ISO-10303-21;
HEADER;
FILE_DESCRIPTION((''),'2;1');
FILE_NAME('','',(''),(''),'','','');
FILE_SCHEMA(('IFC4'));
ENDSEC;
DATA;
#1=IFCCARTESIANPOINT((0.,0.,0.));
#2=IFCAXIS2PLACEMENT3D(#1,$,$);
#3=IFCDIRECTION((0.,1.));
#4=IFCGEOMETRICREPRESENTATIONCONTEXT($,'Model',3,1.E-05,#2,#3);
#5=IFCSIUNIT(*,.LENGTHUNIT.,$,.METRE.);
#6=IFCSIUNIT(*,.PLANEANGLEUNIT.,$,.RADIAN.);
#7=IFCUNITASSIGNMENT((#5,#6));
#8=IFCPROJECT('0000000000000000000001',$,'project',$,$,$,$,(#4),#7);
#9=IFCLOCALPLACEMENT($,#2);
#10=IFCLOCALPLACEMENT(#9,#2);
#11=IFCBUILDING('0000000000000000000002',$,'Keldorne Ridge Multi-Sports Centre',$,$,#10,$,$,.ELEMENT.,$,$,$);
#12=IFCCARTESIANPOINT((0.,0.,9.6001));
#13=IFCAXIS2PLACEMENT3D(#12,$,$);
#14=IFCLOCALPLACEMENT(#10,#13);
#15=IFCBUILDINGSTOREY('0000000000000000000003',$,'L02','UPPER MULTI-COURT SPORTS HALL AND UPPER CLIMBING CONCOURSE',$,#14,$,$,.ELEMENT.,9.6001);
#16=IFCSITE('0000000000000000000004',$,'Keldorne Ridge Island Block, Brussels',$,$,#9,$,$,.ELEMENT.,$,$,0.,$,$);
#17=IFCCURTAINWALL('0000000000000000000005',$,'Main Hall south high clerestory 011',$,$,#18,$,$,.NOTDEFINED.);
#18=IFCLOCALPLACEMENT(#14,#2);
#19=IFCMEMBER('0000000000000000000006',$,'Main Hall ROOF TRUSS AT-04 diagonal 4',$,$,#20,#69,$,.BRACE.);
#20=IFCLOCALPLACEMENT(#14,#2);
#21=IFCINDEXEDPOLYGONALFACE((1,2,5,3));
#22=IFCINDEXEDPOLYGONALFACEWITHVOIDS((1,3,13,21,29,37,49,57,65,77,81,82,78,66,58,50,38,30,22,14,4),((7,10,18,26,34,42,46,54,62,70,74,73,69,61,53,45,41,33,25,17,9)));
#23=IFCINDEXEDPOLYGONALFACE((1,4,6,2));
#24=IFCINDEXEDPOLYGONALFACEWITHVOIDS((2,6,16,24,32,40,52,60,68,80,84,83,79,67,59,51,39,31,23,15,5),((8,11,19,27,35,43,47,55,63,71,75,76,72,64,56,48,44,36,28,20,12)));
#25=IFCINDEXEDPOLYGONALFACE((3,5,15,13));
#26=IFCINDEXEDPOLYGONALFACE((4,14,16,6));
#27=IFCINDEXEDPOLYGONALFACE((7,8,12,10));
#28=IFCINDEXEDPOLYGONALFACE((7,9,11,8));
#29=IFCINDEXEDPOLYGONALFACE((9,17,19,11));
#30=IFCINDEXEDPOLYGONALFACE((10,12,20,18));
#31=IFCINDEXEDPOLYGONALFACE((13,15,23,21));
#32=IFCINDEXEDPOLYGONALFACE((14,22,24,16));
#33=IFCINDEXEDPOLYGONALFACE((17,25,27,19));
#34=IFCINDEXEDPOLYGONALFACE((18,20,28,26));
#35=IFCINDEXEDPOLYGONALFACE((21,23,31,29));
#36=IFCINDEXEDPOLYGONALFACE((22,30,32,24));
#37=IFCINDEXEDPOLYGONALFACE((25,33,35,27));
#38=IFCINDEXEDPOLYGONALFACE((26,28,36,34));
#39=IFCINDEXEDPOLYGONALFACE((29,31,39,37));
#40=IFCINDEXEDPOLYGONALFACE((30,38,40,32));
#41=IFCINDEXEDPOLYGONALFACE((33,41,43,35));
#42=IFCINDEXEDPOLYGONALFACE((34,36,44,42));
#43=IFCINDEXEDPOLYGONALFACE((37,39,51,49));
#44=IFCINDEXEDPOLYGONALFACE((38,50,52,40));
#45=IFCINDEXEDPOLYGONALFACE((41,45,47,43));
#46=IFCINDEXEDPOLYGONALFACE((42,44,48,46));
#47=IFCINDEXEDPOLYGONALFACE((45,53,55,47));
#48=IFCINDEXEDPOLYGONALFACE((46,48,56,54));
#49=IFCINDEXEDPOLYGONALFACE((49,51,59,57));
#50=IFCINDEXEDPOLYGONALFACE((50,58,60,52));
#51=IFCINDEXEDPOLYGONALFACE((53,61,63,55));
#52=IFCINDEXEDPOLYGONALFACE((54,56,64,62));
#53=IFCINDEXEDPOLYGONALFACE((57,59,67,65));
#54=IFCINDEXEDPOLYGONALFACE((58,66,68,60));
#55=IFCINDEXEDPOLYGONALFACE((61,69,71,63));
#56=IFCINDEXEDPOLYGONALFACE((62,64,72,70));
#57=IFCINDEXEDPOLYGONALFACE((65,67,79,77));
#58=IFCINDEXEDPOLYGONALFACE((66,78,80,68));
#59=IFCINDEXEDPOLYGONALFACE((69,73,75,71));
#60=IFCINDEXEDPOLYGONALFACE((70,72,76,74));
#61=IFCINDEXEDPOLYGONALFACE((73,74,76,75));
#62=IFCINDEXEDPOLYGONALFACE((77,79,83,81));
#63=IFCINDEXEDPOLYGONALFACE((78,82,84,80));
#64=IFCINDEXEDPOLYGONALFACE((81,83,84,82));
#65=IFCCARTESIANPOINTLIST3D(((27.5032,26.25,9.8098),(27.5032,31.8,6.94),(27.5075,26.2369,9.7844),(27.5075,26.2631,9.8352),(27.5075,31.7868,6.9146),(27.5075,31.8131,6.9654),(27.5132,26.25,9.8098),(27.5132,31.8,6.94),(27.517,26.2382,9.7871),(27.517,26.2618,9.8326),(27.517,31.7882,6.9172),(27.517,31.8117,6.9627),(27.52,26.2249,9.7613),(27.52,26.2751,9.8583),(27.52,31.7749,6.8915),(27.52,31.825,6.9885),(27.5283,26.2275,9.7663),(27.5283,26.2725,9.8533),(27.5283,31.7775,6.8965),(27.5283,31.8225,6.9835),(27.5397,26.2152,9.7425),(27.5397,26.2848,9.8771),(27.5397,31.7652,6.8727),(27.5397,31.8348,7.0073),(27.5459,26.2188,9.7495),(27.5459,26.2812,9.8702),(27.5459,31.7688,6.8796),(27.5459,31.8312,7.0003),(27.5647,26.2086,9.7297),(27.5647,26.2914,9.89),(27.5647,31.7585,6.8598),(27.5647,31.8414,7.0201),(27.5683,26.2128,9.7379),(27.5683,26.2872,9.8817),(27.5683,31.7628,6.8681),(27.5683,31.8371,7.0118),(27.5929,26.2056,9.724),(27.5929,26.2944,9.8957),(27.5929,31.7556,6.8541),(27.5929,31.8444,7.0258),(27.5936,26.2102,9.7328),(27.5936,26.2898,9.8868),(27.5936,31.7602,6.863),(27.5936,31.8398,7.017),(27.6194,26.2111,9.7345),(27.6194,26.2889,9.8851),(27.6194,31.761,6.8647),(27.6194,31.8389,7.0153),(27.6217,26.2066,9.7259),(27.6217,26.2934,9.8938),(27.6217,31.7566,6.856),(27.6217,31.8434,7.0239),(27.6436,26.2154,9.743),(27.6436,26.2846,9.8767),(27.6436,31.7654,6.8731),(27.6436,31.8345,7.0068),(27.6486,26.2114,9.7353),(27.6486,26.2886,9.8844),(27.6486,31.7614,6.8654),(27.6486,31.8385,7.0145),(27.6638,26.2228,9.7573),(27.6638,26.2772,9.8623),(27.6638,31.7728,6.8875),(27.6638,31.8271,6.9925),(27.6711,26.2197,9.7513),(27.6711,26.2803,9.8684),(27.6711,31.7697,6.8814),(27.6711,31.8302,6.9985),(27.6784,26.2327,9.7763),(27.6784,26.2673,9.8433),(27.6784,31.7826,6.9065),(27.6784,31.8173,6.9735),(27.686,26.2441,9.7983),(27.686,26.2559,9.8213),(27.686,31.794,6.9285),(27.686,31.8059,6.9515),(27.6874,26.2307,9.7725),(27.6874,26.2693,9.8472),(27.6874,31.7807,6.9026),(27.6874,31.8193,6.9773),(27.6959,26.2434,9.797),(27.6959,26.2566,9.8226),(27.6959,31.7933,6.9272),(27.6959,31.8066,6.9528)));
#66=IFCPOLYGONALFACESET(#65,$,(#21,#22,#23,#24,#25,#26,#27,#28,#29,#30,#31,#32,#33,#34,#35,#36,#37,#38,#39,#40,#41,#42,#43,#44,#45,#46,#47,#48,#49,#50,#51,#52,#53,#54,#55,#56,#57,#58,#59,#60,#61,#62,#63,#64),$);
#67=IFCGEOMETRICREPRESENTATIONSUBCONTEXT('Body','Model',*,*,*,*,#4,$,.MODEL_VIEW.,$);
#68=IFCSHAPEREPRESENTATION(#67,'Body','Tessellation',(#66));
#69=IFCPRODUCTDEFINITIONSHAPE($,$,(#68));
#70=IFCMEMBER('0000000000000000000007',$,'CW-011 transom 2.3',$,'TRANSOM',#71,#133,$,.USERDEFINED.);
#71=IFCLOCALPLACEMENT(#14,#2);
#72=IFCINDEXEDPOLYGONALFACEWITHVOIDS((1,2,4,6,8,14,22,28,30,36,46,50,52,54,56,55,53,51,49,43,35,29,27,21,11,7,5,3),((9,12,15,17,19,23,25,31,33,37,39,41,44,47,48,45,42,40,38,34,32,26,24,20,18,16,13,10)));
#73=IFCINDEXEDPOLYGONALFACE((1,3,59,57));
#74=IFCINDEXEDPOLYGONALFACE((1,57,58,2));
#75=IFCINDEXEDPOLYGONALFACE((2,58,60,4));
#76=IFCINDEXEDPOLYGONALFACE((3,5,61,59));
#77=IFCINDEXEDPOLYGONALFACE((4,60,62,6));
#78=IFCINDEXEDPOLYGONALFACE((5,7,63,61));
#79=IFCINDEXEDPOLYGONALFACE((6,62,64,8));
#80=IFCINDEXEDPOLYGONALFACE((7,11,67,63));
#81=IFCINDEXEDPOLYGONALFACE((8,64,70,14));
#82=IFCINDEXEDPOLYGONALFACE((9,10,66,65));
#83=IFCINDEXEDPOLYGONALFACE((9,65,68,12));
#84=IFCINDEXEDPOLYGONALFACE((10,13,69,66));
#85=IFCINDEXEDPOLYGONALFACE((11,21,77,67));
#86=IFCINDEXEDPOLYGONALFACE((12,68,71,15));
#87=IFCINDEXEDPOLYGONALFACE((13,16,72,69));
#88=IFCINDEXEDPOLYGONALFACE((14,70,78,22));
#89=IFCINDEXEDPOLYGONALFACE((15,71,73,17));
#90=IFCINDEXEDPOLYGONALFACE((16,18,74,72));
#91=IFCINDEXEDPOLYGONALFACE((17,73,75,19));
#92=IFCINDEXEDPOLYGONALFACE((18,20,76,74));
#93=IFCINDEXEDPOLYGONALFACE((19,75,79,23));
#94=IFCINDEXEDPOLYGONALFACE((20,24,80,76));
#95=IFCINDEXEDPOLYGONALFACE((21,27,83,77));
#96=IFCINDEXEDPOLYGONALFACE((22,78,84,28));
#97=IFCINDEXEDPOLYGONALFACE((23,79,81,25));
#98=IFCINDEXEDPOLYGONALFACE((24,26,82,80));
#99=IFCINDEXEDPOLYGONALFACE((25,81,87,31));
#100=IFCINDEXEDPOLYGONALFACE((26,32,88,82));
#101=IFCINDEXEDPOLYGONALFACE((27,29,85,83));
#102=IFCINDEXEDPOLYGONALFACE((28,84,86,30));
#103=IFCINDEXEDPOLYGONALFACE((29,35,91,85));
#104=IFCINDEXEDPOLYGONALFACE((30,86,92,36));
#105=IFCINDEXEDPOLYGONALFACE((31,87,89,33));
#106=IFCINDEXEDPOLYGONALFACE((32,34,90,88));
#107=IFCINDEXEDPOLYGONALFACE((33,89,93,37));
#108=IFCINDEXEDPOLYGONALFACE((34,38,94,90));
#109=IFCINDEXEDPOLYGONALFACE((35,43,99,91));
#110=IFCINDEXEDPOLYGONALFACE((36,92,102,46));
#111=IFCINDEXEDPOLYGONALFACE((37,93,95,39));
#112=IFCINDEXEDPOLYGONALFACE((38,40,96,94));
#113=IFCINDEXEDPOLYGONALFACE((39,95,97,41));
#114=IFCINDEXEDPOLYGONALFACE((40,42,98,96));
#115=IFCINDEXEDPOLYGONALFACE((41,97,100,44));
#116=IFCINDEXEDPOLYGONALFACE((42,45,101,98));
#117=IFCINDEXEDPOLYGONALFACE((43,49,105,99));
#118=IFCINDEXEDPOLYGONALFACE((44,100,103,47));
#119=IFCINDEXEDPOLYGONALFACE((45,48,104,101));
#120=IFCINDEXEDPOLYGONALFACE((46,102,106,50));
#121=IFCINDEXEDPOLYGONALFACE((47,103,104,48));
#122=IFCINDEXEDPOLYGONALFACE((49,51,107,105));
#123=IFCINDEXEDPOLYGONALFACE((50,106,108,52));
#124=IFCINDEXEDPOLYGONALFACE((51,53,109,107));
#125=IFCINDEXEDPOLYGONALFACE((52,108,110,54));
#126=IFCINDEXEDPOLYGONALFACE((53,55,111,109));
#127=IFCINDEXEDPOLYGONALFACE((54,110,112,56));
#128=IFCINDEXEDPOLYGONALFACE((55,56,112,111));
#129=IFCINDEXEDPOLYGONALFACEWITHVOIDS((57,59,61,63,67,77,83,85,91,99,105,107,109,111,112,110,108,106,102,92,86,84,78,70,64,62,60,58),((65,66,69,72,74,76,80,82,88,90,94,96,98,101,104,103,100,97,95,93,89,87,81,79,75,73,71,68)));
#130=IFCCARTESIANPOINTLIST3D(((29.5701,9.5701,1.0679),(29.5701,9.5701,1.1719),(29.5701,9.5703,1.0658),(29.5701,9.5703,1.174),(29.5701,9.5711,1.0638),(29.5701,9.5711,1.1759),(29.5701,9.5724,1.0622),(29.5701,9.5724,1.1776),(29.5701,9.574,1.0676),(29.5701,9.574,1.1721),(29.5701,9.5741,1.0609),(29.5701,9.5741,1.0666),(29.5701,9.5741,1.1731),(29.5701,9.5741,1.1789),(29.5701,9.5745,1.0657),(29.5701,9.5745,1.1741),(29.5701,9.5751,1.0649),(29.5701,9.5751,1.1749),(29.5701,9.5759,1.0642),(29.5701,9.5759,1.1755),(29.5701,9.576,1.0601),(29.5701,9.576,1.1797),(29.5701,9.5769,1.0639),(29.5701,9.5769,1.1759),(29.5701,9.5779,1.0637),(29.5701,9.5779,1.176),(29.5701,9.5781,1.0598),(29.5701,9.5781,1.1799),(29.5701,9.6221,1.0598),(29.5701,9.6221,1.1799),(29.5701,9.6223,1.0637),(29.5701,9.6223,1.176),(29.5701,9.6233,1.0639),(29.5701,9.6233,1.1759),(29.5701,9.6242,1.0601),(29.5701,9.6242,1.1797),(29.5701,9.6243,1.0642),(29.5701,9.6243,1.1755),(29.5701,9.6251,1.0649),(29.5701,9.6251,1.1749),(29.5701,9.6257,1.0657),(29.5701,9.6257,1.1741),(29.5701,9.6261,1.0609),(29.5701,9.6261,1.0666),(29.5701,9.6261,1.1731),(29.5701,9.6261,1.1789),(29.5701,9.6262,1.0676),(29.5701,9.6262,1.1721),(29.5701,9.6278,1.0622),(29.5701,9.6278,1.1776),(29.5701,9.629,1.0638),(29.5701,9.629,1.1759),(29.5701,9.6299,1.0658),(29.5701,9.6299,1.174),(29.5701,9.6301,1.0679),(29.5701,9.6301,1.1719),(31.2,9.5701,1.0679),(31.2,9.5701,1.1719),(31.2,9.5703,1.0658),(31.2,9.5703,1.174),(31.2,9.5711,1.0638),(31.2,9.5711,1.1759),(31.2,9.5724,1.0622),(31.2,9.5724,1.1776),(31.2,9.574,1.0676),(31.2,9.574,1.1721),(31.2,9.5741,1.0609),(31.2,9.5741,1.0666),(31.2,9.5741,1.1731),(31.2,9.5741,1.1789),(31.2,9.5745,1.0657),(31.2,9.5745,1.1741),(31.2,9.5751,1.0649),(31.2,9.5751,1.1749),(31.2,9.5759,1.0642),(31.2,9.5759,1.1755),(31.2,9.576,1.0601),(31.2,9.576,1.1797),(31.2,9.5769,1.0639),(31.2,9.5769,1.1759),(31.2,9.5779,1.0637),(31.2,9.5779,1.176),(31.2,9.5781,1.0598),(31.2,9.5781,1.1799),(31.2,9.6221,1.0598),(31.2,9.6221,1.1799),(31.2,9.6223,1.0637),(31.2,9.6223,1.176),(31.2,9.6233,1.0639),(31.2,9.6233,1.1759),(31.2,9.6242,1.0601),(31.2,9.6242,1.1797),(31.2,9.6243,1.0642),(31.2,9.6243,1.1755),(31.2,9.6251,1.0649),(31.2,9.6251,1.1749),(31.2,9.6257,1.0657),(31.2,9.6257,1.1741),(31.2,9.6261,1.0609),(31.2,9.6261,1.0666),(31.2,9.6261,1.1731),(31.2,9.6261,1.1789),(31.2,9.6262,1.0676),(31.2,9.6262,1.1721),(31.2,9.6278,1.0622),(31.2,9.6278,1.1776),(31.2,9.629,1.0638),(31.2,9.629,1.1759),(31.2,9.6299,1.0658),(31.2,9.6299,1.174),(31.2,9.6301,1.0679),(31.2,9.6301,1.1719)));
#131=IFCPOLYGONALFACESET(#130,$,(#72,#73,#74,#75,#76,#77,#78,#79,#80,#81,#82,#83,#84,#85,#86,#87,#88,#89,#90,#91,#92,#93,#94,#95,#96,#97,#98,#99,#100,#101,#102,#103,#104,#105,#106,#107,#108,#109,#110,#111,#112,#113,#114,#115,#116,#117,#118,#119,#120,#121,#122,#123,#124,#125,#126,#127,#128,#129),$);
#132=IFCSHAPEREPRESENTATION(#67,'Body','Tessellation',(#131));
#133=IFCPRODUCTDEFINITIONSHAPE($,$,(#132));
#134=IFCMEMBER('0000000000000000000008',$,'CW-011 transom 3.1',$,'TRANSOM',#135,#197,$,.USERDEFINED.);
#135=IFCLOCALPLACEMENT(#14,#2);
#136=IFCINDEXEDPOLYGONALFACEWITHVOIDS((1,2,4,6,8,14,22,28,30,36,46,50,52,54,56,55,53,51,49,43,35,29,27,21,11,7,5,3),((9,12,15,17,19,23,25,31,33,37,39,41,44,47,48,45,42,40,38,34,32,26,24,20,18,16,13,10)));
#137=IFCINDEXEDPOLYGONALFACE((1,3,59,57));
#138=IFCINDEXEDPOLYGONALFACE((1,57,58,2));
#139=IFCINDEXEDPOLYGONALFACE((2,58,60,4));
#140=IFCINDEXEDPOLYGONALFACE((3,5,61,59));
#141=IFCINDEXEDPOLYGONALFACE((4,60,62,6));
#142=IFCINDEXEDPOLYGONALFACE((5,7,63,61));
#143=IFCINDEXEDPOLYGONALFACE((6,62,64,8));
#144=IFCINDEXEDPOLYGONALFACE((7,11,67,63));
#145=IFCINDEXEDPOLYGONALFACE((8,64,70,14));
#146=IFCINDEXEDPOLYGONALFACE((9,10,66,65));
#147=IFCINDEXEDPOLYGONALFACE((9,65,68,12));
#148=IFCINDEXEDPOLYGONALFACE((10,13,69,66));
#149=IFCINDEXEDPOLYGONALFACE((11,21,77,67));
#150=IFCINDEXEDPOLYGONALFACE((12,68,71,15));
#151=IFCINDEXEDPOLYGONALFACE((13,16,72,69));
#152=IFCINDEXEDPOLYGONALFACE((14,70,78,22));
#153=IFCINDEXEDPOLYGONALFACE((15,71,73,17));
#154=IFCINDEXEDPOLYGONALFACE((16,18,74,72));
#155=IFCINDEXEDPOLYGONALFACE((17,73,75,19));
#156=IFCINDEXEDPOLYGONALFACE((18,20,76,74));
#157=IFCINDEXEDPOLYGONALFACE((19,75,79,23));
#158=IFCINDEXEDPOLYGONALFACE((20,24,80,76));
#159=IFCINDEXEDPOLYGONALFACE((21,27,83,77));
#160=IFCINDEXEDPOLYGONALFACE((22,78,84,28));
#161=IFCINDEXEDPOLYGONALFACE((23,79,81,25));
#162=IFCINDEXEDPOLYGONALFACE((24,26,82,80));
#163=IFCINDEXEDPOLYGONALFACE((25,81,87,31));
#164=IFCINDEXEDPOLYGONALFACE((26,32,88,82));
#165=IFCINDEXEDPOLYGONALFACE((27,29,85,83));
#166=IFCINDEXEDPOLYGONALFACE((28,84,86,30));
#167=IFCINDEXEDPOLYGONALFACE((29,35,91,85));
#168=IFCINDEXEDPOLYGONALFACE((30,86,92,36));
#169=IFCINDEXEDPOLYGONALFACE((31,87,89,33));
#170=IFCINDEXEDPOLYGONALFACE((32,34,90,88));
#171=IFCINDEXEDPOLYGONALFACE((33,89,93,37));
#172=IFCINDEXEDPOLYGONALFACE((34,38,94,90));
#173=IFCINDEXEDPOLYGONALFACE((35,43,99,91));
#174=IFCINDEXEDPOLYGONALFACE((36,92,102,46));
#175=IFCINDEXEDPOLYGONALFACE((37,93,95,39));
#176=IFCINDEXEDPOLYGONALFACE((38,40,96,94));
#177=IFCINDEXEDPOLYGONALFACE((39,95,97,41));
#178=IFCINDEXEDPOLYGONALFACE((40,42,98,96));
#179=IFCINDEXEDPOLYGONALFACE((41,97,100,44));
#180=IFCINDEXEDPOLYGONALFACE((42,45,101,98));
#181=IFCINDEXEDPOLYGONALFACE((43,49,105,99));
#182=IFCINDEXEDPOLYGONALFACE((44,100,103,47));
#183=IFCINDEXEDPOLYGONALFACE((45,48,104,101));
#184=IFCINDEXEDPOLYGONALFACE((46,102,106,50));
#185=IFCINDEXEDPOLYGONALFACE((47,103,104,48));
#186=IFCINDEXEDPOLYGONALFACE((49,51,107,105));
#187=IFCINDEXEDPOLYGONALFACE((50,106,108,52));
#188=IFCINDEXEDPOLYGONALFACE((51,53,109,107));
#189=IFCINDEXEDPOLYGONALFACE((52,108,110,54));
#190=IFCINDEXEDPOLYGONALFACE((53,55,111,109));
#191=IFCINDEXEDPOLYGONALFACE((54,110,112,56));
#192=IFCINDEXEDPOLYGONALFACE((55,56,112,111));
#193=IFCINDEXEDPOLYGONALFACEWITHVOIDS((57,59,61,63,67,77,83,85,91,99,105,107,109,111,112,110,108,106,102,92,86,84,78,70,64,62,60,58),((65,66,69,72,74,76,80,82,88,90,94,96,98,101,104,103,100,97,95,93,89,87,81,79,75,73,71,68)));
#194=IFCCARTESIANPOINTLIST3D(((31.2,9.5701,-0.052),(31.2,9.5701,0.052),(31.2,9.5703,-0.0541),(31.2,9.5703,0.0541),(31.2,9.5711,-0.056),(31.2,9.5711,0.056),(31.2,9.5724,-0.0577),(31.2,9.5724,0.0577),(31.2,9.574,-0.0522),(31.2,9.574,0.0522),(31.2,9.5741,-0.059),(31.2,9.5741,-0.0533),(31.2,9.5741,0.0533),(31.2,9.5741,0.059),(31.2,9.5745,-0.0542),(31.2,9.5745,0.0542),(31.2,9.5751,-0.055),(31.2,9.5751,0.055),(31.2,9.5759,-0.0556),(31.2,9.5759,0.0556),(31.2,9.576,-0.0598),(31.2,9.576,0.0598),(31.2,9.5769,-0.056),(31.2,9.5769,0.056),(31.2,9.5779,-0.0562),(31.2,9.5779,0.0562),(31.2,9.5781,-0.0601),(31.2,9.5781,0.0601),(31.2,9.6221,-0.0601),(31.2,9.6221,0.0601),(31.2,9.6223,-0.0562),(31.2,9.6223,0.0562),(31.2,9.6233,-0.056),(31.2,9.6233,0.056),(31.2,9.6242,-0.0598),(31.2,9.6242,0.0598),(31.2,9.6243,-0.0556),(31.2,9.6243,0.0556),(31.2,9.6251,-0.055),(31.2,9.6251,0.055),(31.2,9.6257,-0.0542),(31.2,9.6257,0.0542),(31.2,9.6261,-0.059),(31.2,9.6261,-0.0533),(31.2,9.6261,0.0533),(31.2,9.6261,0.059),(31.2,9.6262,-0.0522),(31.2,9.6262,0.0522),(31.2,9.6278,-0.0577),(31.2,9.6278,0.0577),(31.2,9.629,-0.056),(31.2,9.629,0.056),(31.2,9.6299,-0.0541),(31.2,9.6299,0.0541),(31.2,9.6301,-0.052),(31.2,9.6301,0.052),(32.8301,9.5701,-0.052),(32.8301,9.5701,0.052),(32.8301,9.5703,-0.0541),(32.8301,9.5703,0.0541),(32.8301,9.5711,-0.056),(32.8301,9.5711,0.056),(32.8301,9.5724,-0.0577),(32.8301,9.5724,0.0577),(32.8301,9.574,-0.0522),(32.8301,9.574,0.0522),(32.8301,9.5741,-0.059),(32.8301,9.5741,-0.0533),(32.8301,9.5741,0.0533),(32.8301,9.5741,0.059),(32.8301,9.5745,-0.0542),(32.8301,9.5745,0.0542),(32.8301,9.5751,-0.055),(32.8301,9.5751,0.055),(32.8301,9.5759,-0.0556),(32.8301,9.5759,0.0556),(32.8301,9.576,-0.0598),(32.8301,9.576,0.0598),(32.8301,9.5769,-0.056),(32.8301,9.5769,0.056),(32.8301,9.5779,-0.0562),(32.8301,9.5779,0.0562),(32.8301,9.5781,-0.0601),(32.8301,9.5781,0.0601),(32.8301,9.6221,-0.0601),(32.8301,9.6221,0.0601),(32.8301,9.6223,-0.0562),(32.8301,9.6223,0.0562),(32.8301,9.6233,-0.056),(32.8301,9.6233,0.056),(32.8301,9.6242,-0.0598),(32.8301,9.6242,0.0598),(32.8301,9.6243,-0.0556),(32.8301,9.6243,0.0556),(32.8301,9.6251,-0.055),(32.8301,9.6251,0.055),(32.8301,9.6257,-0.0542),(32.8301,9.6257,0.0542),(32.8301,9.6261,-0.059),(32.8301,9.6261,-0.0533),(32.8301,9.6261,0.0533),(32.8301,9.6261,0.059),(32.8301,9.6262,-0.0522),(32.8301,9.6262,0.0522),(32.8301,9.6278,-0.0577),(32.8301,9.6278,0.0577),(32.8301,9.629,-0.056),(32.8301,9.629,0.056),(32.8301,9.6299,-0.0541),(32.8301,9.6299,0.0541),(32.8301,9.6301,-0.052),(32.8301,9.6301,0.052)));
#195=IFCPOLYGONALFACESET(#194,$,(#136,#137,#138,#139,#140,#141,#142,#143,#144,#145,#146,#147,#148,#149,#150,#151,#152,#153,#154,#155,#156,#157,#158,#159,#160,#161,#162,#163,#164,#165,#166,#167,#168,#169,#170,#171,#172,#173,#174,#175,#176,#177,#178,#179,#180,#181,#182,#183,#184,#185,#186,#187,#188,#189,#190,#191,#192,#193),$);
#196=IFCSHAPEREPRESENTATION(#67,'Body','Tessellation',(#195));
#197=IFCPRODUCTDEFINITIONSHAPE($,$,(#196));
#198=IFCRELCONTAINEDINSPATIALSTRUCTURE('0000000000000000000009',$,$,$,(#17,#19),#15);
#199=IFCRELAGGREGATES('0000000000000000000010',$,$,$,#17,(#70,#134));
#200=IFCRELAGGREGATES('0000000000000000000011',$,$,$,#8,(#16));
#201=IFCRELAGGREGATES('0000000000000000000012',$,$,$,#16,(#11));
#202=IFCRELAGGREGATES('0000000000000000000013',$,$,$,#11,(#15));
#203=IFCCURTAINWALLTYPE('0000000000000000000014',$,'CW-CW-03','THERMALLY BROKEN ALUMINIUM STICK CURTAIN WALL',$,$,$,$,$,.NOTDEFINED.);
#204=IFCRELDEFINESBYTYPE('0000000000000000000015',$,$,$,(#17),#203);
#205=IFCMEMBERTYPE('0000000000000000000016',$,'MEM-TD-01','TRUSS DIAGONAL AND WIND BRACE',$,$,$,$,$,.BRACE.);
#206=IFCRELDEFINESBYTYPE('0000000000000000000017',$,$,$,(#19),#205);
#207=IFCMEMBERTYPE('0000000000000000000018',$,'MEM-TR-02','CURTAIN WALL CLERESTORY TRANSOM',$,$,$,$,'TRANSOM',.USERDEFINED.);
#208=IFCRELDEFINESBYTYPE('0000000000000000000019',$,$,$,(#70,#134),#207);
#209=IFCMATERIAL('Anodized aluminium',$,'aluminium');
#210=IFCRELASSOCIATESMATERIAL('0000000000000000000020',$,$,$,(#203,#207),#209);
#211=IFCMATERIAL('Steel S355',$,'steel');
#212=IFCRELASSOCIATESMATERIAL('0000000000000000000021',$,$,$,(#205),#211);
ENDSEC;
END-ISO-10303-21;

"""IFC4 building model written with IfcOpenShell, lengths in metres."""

from ifc_helpers import new_model, si_unit, direction, frame, origin, origin_2d, place, context, subcontext, project, spatial, hollow_rectangle, hollow_circle, extrude, material, material_profile, profile_set, type_object, element, aggregate, save


model = new_model("IFC4")

# Units and contexts
model_context = context("Model", 3, precision=1e-05, world=origin(), true_north=direction((0.0, 1.0)))
body_context = subcontext(model_context, "Body", "Model", "MODEL_VIEW")
ifc_project = project(units=[si_unit("LENGTHUNIT", "METRE"), si_unit("PLANEANGLEUNIT", "RADIAN")], contexts=[model_context])

# Site, building, storey
site_placement = place(None, origin())
site = spatial("IfcSite", under=ifc_project, at=site_placement, Name="Keldorne Ridge Island Block, Brussels", CompositionType="ELEMENT", RefElevation=0.0)
building_placement = place(site_placement, origin())
building = spatial("IfcBuilding", under=site, at=building_placement, Name="Keldorne Ridge Multi-Sports Centre", CompositionType="ELEMENT")
storey_placement = place(building_placement, frame((0.0, 0.0, 9.6001)))
storey = spatial("IfcBuildingStorey", under=building, at=storey_placement, Name="L02", Description="UPPER MULTI-COURT SPORTS HALL AND UPPER CLIMBING CONCOURSE", CompositionType="ELEMENT", Elevation=9.6001)

# Curtain wall
ifc_material_1 = material(Name="Anodized aluminium", Category="aluminium")
curtain_wall_type = type_object("IfcCurtainWallType", Name="CW-CW-03", Description="THERMALLY BROKEN ALUMINIUM STICK CURTAIN WALL", PredefinedType="NOTDEFINED", material=ifc_material_1)
curtain_wall_placement = place(storey_placement, origin())
curtain_wall = element("IfcCurtainWall", 1, at=curtain_wall_placement, inside=storey, type_object=curtain_wall_type, Name="Main Hall south high clerestory 011", PredefinedType="NOTDEFINED")

# Member
ifc_material_2 = material(Name="Steel S355", Category="steel")
ifc_material_profile_1 = material_profile(ifc_material_2, hollow_circle(Radius=0.0969, WallThickness=0.01, at=origin_2d()), Name="CHS 193.7x10")
ifc_profile_set_1 = profile_set([ifc_material_profile_1], Name="Steel S355")
member_type_1 = type_object("IfcMemberType", Name="MEM-TD-01", Description="TRUSS DIAGONAL AND WIND BRACE", PredefinedType="BRACE", material=ifc_profile_set_1)
member_1_placement = place(storey_placement, frame((27.6001, 26.25, 9.8098), z_axis=(0.0, 0.888273, -0.459317), x_axis=(-1.0, 0.0, 0.0)))
element("IfcMember", 2, at=member_1_placement, inside=storey, type_object=member_type_1, Name="Main Hall ROOF TRUSS AT-04 diagonal 4", PredefinedType="BRACE", context=body_context, shape_type="SweptSolid", body=[
    extrude(hollow_circle(Radius=0.0969, WallThickness=0.01, at=origin_2d()), origin(), (0.0, 0.0, 1.0), 6.248),
])

# Members
ifc_material_profile_2 = material_profile(ifc_material_1, hollow_rectangle(XDim=0.0601, YDim=0.1201, WallThickness=0.0039, InnerFilletRadius=0.0039, OuterFilletRadius=0.0081, at=origin_2d()), Name="ALU TRANSOM 120x60x4")
ifc_profile_set_2 = profile_set([ifc_material_profile_2], Name="Anodized aluminium")
member_type_2 = type_object("IfcMemberType", Name="MEM-TR-02", Description="CURTAIN WALL CLERESTORY TRANSOM", ElementType="TRANSOM", PredefinedType="USERDEFINED", material=ifc_profile_set_2)
member_2_placement = place(storey_placement, frame((29.5701, 9.6001, 1.1199), z_axis=(1.0, 0.0, 0.0), x_axis=(0.0, 1.0, 0.0)))
member_2 = element("IfcMember", 3, at=member_2_placement, type_object=member_type_2, Name="CW-011 transom 2.3", ObjectType="TRANSOM", PredefinedType="USERDEFINED", context=body_context, shape_type="SweptSolid", body=[
    extrude(hollow_rectangle(XDim=0.0601, YDim=0.1201, WallThickness=0.0039, InnerFilletRadius=0.0039, OuterFilletRadius=0.0081, at=origin_2d()), origin(), (0.0, 0.0, 1.0), 1.6299),
])
member_3_placement = place(storey_placement, frame((31.2, 9.6001, 0.0), z_axis=(1.0, 0.0, 0.0), x_axis=(0.0, 1.0, 0.0)))
member_3 = element("IfcMember", 4, at=member_3_placement, type_object=member_type_2, Name="CW-011 transom 3.1", ObjectType="TRANSOM", PredefinedType="USERDEFINED", context=body_context, shape_type="SweptSolid", body=[
    extrude(hollow_rectangle(XDim=0.0601, YDim=0.1201, WallThickness=0.0039, InnerFilletRadius=0.0039, OuterFilletRadius=0.0081, at=origin_2d()), origin(), (0.0, 0.0, 1.0), 1.6301),
])

aggregate(curtain_wall, [member_2, member_3])

save(model, "model.ifc")
